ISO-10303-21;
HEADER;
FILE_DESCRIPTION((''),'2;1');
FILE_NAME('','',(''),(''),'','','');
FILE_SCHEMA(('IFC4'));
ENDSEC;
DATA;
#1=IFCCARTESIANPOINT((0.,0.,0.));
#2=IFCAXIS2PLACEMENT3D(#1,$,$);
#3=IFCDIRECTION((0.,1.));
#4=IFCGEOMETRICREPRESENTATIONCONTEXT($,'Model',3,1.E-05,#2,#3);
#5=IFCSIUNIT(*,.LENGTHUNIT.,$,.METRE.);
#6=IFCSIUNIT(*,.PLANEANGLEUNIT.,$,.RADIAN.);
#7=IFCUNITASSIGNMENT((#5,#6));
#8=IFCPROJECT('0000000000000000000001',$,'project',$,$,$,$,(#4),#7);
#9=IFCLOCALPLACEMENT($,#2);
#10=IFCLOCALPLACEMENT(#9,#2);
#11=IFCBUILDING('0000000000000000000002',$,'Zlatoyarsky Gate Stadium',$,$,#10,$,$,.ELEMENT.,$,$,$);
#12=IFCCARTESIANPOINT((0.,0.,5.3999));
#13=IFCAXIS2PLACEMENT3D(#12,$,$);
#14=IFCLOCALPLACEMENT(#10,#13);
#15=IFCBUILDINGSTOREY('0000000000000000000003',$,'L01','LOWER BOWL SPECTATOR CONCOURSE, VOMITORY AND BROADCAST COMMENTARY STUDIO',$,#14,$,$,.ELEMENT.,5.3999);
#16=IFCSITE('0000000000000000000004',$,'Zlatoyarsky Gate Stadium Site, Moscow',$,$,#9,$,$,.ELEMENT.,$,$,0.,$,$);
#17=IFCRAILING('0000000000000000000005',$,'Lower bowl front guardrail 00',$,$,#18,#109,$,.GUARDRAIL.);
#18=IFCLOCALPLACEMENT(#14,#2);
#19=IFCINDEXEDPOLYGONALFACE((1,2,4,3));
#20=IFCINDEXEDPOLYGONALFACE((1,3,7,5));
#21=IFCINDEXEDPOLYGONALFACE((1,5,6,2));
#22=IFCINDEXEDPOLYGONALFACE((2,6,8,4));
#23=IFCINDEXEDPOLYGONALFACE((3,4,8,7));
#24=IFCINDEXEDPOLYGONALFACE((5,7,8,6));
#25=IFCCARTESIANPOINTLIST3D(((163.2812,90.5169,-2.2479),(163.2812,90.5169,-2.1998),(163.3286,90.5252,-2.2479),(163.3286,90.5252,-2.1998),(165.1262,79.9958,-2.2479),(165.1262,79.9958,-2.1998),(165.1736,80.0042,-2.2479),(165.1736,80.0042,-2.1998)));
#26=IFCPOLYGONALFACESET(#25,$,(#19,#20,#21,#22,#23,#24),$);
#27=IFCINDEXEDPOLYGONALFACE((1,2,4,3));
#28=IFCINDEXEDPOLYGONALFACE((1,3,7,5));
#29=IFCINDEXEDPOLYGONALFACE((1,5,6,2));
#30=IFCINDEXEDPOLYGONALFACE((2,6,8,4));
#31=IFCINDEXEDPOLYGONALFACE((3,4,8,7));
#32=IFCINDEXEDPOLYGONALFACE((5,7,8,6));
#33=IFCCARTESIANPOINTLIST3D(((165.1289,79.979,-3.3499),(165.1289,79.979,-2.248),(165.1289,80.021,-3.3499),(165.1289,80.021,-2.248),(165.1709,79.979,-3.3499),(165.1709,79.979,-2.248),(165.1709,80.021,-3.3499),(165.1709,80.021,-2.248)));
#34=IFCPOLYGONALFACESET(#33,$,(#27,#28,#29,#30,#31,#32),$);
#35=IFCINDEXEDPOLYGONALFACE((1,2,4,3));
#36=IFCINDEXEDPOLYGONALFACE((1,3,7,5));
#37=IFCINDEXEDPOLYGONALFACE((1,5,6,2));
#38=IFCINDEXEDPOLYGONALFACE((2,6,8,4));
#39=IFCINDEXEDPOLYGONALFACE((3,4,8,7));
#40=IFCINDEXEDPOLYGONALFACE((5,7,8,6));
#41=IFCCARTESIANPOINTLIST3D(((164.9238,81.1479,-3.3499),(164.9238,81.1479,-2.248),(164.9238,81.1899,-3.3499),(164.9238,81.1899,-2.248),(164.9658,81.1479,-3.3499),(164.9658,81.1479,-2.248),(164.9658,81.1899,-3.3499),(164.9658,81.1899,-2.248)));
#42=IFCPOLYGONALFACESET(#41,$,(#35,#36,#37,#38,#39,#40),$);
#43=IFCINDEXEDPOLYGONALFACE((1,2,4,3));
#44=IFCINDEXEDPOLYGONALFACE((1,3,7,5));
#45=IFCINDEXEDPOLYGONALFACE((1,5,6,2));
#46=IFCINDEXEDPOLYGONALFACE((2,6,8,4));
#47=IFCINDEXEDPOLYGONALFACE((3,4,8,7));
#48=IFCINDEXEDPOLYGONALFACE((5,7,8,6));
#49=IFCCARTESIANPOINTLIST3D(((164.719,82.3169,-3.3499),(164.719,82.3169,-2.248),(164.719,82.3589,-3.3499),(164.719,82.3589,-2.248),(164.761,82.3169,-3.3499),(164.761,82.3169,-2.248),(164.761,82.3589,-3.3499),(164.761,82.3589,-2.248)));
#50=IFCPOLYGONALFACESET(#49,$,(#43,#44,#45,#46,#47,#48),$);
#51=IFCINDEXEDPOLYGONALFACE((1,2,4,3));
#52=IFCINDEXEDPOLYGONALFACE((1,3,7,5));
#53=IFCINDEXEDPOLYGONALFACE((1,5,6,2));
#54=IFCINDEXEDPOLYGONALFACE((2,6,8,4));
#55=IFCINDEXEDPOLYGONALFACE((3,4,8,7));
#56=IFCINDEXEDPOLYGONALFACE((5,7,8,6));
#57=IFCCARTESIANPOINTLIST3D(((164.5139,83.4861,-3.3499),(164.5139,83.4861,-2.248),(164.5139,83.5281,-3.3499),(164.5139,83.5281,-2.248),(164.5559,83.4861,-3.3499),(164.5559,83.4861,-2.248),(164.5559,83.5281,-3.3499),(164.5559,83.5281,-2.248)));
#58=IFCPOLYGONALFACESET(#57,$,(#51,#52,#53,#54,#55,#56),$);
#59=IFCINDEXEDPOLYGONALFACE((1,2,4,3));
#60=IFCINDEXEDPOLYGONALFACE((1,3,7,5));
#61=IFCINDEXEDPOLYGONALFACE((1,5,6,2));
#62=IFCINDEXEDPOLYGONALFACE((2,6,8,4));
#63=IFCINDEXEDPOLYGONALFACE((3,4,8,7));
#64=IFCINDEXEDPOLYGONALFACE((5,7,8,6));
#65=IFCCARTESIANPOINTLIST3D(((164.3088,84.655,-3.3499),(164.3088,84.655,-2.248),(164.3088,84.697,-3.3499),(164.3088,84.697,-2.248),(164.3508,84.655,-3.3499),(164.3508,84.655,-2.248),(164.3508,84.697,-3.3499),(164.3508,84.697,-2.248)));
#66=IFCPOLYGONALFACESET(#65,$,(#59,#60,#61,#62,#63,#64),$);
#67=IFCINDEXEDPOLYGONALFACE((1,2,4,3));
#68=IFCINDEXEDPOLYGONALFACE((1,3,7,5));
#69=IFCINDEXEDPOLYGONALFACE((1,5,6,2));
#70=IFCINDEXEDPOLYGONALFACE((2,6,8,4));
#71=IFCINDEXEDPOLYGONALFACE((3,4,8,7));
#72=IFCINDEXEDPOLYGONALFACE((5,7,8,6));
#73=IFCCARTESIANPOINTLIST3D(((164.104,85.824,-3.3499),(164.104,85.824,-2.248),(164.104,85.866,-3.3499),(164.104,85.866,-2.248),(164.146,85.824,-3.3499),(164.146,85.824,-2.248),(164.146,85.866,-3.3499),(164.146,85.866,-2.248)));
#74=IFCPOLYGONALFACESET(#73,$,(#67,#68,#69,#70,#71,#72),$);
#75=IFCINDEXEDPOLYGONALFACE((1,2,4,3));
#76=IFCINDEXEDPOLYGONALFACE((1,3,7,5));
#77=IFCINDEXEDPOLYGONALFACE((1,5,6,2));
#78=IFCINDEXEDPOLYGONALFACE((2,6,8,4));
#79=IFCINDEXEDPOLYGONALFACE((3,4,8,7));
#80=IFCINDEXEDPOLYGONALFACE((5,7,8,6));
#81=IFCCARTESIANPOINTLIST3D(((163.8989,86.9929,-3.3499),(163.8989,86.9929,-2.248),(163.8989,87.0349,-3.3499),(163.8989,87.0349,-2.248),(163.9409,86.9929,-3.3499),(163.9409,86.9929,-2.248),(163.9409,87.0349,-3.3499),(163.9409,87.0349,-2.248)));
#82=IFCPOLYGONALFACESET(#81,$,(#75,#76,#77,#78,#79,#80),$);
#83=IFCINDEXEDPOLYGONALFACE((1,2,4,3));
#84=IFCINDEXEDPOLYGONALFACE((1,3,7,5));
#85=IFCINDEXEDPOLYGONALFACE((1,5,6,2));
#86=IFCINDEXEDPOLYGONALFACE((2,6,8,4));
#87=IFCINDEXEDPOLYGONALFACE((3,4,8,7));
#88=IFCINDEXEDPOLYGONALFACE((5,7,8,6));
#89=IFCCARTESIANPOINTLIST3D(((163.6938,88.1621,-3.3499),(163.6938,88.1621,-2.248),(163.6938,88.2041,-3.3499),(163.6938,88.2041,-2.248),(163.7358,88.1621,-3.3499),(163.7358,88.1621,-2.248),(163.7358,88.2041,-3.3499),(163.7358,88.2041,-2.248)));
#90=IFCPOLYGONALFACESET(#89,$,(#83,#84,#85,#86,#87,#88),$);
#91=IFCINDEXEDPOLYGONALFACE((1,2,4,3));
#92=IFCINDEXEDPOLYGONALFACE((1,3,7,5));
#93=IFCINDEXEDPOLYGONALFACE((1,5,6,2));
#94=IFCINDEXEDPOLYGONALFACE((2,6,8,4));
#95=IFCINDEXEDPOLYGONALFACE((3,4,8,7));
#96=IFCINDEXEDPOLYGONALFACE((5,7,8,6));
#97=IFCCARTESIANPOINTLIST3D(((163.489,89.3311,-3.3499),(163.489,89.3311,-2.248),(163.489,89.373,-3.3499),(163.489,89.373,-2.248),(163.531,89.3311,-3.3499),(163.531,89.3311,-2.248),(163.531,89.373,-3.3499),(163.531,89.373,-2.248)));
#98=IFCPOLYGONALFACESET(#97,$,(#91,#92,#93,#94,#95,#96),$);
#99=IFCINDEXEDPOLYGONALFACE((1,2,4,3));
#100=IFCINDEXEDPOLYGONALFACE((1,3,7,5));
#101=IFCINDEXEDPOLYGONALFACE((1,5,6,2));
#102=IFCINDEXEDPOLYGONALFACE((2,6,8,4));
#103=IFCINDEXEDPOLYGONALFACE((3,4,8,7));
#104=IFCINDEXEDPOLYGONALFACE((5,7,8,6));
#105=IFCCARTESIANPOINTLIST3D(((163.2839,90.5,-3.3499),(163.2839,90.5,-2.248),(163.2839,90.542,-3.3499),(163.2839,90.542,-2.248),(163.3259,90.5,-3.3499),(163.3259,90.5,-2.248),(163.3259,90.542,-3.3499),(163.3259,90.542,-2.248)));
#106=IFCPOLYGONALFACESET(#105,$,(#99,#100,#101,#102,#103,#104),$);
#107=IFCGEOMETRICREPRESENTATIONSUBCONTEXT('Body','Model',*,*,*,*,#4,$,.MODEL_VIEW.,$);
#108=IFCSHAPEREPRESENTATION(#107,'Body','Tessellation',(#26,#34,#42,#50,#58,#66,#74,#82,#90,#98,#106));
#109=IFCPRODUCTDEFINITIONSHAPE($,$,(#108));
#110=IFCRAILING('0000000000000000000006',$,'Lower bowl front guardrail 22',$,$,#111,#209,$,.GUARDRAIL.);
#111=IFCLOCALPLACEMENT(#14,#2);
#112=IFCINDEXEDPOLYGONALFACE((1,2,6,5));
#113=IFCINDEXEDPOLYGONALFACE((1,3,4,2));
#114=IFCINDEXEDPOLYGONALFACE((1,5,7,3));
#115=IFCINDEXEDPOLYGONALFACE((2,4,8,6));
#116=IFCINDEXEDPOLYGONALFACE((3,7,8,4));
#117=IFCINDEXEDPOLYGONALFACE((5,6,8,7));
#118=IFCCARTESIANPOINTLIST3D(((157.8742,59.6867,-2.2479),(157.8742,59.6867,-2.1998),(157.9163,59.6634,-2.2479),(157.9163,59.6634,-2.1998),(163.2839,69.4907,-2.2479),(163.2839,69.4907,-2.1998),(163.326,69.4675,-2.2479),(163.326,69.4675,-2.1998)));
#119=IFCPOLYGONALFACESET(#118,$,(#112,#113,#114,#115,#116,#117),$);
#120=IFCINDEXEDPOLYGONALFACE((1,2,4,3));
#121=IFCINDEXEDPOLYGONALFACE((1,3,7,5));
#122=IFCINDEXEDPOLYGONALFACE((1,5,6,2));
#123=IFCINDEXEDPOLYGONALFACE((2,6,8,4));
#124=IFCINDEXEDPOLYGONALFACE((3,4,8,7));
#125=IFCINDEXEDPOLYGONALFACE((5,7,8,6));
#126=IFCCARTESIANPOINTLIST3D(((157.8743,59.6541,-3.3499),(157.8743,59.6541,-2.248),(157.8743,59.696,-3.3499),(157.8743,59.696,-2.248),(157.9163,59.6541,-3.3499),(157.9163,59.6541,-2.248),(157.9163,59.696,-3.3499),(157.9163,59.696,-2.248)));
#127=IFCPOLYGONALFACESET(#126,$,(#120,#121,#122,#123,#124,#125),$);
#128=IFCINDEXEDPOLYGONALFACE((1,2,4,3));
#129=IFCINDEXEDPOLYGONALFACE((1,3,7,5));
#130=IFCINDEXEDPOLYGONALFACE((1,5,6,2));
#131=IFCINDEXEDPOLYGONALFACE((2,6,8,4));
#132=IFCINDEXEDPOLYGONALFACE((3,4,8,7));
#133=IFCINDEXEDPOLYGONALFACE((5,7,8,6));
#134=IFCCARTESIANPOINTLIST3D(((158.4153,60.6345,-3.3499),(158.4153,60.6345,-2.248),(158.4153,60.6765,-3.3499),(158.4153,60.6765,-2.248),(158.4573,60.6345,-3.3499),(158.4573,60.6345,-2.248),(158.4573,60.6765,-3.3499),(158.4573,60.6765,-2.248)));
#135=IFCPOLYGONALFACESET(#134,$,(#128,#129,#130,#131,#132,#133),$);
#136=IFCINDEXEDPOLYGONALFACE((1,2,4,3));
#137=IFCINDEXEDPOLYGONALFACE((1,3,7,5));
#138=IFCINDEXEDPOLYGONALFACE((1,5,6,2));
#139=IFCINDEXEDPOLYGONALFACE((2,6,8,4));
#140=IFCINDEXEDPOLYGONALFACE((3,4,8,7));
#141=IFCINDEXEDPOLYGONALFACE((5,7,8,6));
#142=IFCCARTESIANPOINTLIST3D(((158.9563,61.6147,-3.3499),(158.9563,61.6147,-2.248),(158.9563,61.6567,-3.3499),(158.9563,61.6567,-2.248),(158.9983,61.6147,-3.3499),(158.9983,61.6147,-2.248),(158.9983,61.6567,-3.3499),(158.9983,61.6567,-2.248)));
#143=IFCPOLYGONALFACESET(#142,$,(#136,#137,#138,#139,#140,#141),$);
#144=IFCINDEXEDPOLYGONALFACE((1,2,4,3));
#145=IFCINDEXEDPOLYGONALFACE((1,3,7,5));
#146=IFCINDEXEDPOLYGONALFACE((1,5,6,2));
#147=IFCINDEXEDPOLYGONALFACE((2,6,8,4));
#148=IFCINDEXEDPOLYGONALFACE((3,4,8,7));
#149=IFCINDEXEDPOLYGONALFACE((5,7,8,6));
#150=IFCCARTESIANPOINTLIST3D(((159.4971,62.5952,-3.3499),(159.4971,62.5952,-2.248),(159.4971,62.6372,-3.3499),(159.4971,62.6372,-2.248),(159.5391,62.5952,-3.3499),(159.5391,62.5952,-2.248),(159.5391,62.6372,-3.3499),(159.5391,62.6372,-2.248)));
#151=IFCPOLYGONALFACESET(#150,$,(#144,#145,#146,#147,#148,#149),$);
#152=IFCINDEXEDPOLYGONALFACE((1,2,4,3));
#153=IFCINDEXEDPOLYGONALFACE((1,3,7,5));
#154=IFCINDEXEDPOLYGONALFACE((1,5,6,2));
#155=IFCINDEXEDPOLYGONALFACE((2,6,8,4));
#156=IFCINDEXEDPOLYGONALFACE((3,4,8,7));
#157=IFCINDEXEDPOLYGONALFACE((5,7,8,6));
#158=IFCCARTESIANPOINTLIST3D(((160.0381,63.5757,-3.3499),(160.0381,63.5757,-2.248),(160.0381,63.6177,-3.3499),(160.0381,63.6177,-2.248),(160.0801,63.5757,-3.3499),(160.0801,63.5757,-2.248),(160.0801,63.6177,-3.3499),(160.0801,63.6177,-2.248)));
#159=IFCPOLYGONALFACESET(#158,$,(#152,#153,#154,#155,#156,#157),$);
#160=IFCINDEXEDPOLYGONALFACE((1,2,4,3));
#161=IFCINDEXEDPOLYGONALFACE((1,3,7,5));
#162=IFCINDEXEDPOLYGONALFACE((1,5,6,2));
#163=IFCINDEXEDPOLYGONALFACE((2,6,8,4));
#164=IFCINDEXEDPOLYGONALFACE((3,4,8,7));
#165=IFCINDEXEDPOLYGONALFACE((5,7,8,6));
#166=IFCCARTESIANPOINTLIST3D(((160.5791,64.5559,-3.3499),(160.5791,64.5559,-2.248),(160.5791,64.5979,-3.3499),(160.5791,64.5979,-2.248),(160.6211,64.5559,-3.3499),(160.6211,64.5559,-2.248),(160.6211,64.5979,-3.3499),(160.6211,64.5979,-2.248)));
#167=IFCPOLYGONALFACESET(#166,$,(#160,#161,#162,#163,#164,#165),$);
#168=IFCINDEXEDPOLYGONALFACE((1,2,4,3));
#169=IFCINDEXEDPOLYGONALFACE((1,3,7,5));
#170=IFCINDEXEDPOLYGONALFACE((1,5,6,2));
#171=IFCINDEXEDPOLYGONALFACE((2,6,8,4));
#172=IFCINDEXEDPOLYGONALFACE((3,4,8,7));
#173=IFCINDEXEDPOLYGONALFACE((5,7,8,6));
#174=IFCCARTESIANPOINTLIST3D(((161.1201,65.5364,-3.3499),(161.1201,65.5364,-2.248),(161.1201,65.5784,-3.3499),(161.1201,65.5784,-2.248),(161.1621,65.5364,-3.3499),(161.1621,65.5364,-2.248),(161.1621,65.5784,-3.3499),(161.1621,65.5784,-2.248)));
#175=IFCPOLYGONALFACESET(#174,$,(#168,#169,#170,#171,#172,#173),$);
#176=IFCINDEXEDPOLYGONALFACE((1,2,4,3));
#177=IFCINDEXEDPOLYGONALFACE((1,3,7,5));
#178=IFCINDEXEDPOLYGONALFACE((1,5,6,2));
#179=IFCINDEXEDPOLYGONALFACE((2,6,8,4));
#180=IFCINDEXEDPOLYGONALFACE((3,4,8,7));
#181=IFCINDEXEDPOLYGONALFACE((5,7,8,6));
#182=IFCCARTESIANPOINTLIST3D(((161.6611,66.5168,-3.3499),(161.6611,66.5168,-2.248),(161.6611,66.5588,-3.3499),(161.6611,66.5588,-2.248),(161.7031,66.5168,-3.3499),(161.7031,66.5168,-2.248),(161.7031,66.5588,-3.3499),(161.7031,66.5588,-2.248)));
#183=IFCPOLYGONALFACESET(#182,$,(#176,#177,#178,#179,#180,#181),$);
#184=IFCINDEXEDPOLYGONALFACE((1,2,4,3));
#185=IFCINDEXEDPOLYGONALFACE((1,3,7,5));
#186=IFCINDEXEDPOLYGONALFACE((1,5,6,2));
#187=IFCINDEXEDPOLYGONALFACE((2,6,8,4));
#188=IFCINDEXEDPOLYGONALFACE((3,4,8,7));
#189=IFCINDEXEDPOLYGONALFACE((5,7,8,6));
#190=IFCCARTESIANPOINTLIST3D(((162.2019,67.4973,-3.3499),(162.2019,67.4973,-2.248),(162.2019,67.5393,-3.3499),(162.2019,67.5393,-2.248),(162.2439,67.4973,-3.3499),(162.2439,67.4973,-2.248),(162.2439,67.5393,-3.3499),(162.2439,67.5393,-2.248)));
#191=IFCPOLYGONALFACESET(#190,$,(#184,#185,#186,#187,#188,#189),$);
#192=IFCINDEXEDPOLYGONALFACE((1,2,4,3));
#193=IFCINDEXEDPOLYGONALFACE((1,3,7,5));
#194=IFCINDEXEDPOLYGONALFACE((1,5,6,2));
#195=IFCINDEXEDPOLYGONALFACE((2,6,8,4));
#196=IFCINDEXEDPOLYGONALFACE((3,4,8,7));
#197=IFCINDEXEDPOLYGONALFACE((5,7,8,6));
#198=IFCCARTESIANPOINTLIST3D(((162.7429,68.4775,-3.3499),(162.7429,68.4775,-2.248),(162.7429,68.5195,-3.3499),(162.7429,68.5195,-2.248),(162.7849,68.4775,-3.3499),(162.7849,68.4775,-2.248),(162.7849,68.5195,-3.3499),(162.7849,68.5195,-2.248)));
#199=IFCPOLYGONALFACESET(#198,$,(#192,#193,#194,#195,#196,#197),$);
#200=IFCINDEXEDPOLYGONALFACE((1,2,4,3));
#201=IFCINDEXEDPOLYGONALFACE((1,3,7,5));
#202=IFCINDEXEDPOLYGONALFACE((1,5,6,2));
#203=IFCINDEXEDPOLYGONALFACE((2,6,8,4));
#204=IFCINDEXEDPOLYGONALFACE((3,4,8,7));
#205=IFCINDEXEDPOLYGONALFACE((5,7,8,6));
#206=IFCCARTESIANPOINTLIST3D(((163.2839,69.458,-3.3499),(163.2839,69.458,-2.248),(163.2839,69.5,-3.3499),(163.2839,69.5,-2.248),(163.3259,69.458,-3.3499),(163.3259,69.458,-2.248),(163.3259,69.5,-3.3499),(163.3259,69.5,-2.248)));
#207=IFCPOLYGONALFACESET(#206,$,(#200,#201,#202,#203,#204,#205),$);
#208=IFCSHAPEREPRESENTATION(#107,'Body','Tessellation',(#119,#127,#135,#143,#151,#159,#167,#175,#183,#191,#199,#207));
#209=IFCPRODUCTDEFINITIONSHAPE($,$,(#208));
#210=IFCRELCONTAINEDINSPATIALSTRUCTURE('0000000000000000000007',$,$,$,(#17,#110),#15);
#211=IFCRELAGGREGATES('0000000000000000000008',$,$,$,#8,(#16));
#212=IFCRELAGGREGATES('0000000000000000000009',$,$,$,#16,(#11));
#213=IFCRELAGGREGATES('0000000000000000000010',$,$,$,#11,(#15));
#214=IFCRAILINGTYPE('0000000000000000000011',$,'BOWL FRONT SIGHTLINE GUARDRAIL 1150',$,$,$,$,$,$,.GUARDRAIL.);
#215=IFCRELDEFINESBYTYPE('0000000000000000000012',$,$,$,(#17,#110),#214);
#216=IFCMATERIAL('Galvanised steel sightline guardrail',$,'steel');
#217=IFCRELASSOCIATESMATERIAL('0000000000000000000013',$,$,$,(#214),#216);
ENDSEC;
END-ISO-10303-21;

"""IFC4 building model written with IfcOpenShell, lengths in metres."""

from ifc_helpers import new_model, si_unit, direction, frame, origin, origin_2d, place, context, subcontext, project, spatial, rectangle, extrude, material, type_object, element, save


model = new_model("IFC4")

# Units and contexts
model_context = context("Model", 3, precision=1e-05, world=origin(), true_north=direction((0.0, 1.0)))
body_context = subcontext(model_context, "Body", "Model", "MODEL_VIEW")
ifc_project = project(units=[si_unit("LENGTHUNIT", "METRE"), si_unit("PLANEANGLEUNIT", "RADIAN")], contexts=[model_context])

# Site, building, storey
site_placement = place(None, origin())
site = spatial("IfcSite", under=ifc_project, at=site_placement, Name="Zlatoyarsky Gate Stadium Site, Moscow", CompositionType="ELEMENT", RefElevation=0.0)
building_placement = place(site_placement, origin())
building = spatial("IfcBuilding", under=site, at=building_placement, Name="Zlatoyarsky Gate Stadium", CompositionType="ELEMENT")
storey_placement = place(building_placement, frame((0.0, 0.0, 5.3999)))
storey = spatial("IfcBuildingStorey", under=building, at=storey_placement, Name="L01", Description="LOWER BOWL SPECTATOR CONCOURSE, VOMITORY AND BROADCAST COMMENTARY STUDIO", CompositionType="ELEMENT", Elevation=5.3999)

# Railings
ifc_material_1 = material(Name="Galvanised steel sightline guardrail", Category="steel")
railing_type_1 = type_object("IfcRailingType", Name="BOWL FRONT SIGHTLINE GUARDRAIL 1150", PredefinedType="GUARDRAIL", material=ifc_material_1)
railing_1_placement = place(storey_placement, frame((165.1499, 80.0, -3.3499)))
element("IfcRailing", 1, at=railing_1_placement, inside=storey, type_object=railing_type_1, Name="Lower bowl front guardrail 00", PredefinedType="GUARDRAIL", context=body_context, shape_type="SweptSolid", body=[
    extrude(rectangle(XDim=0.0481, YDim=0.0481, at=origin_2d()), frame((0.0, 0.0, 1.126), z_axis=(-0.172725, 0.98497, 0.0), x_axis=(-0.98497, -0.172725, 0.0)), (0.0, 0.0, 1.0), 10.6816),
    extrude(rectangle(XDim=0.042, YDim=0.042, at=origin_2d()), origin(), (0.0, 0.0, 1.0), 1.1018),
    extrude(rectangle(XDim=0.042, YDim=0.042, at=origin_2d()), frame((-0.2051, 1.1689, 0.0)), (0.0, 0.0, 1.0), 1.1018),
    extrude(rectangle(XDim=0.042, YDim=0.042, at=origin_2d()), frame((-0.4099, 2.3379, 0.0)), (0.0, 0.0, 1.0), 1.1018),
    extrude(rectangle(XDim=0.042, YDim=0.042, at=origin_2d()), frame((-0.615, 3.5071, 0.0)), (0.0, 0.0, 1.0), 1.1018),
    extrude(rectangle(XDim=0.042, YDim=0.042, at=origin_2d()), frame((-0.8201, 4.676, 0.0)), (0.0, 0.0, 1.0), 1.1018),
    extrude(rectangle(XDim=0.042, YDim=0.042, at=origin_2d()), frame((-1.0249, 5.845, 0.0)), (0.0, 0.0, 1.0), 1.1018),
    extrude(rectangle(XDim=0.042, YDim=0.042, at=origin_2d()), frame((-1.23, 7.0139, 0.0)), (0.0, 0.0, 1.0), 1.1018),
    extrude(rectangle(XDim=0.042, YDim=0.042, at=origin_2d()), frame((-1.4351, 8.1831, 0.0)), (0.0, 0.0, 1.0), 1.1018),
    extrude(rectangle(XDim=0.042, YDim=0.042, at=origin_2d()), frame((-1.6399, 9.3521, 0.0)), (0.0, 0.0, 1.0), 1.1018),
    extrude(rectangle(XDim=0.042, YDim=0.042, at=origin_2d()), frame((-1.845, 10.521, 0.0)), (0.0, 0.0, 1.0), 1.1018),
])
railing_2_placement = place(storey_placement, frame((157.8953, 59.675, -3.3499)))
element("IfcRailing", 2, at=railing_2_placement, inside=storey, type_object=railing_type_1, Name="Lower bowl front guardrail 22", PredefinedType="GUARDRAIL", context=body_context, shape_type="SweptSolid", body=[
    extrude(rectangle(XDim=0.0481, YDim=0.0481, at=origin_2d()), frame((0.0, 0.0, 1.126), z_axis=(0.483118, 0.875555, 0.0), x_axis=(-0.875555, 0.483118, 0.0)), (0.0, 0.0, 1.0), 11.1975),
    extrude(rectangle(XDim=0.042, YDim=0.042, at=origin_2d()), origin(), (0.0, 0.0, 1.0), 1.1018),
    extrude(rectangle(XDim=0.042, YDim=0.042, at=origin_2d()), frame((0.541, 0.9805, 0.0)), (0.0, 0.0, 1.0), 1.1018),
    extrude(rectangle(XDim=0.042, YDim=0.042, at=origin_2d()), frame((1.082, 1.9607, 0.0)), (0.0, 0.0, 1.0), 1.1018),
    extrude(rectangle(XDim=0.042, YDim=0.042, at=origin_2d()), frame((1.6228, 2.9412, 0.0)), (0.0, 0.0, 1.0), 1.1018),
    extrude(rectangle(XDim=0.042, YDim=0.042, at=origin_2d()), frame((2.1638, 3.9216, 0.0)), (0.0, 0.0, 1.0), 1.1018),
    extrude(rectangle(XDim=0.042, YDim=0.042, at=origin_2d()), frame((2.7048, 4.9019, 0.0)), (0.0, 0.0, 1.0), 1.1018),
    extrude(rectangle(XDim=0.042, YDim=0.042, at=origin_2d()), frame((3.2458, 5.8823, 0.0)), (0.0, 0.0, 1.0), 1.1018),
    extrude(rectangle(XDim=0.042, YDim=0.042, at=origin_2d()), frame((3.7869, 6.8628, 0.0)), (0.0, 0.0, 1.0), 1.1018),
    extrude(rectangle(XDim=0.042, YDim=0.042, at=origin_2d()), frame((4.3276, 7.8433, 0.0)), (0.0, 0.0, 1.0), 1.1018),
    extrude(rectangle(XDim=0.042, YDim=0.042, at=origin_2d()), frame((4.8687, 8.8235, 0.0)), (0.0, 0.0, 1.0), 1.1018),
    extrude(rectangle(XDim=0.042, YDim=0.042, at=origin_2d()), frame((5.4097, 9.804, 0.0)), (0.0, 0.0, 1.0), 1.1018),
])

save(model, "model.ifc")
